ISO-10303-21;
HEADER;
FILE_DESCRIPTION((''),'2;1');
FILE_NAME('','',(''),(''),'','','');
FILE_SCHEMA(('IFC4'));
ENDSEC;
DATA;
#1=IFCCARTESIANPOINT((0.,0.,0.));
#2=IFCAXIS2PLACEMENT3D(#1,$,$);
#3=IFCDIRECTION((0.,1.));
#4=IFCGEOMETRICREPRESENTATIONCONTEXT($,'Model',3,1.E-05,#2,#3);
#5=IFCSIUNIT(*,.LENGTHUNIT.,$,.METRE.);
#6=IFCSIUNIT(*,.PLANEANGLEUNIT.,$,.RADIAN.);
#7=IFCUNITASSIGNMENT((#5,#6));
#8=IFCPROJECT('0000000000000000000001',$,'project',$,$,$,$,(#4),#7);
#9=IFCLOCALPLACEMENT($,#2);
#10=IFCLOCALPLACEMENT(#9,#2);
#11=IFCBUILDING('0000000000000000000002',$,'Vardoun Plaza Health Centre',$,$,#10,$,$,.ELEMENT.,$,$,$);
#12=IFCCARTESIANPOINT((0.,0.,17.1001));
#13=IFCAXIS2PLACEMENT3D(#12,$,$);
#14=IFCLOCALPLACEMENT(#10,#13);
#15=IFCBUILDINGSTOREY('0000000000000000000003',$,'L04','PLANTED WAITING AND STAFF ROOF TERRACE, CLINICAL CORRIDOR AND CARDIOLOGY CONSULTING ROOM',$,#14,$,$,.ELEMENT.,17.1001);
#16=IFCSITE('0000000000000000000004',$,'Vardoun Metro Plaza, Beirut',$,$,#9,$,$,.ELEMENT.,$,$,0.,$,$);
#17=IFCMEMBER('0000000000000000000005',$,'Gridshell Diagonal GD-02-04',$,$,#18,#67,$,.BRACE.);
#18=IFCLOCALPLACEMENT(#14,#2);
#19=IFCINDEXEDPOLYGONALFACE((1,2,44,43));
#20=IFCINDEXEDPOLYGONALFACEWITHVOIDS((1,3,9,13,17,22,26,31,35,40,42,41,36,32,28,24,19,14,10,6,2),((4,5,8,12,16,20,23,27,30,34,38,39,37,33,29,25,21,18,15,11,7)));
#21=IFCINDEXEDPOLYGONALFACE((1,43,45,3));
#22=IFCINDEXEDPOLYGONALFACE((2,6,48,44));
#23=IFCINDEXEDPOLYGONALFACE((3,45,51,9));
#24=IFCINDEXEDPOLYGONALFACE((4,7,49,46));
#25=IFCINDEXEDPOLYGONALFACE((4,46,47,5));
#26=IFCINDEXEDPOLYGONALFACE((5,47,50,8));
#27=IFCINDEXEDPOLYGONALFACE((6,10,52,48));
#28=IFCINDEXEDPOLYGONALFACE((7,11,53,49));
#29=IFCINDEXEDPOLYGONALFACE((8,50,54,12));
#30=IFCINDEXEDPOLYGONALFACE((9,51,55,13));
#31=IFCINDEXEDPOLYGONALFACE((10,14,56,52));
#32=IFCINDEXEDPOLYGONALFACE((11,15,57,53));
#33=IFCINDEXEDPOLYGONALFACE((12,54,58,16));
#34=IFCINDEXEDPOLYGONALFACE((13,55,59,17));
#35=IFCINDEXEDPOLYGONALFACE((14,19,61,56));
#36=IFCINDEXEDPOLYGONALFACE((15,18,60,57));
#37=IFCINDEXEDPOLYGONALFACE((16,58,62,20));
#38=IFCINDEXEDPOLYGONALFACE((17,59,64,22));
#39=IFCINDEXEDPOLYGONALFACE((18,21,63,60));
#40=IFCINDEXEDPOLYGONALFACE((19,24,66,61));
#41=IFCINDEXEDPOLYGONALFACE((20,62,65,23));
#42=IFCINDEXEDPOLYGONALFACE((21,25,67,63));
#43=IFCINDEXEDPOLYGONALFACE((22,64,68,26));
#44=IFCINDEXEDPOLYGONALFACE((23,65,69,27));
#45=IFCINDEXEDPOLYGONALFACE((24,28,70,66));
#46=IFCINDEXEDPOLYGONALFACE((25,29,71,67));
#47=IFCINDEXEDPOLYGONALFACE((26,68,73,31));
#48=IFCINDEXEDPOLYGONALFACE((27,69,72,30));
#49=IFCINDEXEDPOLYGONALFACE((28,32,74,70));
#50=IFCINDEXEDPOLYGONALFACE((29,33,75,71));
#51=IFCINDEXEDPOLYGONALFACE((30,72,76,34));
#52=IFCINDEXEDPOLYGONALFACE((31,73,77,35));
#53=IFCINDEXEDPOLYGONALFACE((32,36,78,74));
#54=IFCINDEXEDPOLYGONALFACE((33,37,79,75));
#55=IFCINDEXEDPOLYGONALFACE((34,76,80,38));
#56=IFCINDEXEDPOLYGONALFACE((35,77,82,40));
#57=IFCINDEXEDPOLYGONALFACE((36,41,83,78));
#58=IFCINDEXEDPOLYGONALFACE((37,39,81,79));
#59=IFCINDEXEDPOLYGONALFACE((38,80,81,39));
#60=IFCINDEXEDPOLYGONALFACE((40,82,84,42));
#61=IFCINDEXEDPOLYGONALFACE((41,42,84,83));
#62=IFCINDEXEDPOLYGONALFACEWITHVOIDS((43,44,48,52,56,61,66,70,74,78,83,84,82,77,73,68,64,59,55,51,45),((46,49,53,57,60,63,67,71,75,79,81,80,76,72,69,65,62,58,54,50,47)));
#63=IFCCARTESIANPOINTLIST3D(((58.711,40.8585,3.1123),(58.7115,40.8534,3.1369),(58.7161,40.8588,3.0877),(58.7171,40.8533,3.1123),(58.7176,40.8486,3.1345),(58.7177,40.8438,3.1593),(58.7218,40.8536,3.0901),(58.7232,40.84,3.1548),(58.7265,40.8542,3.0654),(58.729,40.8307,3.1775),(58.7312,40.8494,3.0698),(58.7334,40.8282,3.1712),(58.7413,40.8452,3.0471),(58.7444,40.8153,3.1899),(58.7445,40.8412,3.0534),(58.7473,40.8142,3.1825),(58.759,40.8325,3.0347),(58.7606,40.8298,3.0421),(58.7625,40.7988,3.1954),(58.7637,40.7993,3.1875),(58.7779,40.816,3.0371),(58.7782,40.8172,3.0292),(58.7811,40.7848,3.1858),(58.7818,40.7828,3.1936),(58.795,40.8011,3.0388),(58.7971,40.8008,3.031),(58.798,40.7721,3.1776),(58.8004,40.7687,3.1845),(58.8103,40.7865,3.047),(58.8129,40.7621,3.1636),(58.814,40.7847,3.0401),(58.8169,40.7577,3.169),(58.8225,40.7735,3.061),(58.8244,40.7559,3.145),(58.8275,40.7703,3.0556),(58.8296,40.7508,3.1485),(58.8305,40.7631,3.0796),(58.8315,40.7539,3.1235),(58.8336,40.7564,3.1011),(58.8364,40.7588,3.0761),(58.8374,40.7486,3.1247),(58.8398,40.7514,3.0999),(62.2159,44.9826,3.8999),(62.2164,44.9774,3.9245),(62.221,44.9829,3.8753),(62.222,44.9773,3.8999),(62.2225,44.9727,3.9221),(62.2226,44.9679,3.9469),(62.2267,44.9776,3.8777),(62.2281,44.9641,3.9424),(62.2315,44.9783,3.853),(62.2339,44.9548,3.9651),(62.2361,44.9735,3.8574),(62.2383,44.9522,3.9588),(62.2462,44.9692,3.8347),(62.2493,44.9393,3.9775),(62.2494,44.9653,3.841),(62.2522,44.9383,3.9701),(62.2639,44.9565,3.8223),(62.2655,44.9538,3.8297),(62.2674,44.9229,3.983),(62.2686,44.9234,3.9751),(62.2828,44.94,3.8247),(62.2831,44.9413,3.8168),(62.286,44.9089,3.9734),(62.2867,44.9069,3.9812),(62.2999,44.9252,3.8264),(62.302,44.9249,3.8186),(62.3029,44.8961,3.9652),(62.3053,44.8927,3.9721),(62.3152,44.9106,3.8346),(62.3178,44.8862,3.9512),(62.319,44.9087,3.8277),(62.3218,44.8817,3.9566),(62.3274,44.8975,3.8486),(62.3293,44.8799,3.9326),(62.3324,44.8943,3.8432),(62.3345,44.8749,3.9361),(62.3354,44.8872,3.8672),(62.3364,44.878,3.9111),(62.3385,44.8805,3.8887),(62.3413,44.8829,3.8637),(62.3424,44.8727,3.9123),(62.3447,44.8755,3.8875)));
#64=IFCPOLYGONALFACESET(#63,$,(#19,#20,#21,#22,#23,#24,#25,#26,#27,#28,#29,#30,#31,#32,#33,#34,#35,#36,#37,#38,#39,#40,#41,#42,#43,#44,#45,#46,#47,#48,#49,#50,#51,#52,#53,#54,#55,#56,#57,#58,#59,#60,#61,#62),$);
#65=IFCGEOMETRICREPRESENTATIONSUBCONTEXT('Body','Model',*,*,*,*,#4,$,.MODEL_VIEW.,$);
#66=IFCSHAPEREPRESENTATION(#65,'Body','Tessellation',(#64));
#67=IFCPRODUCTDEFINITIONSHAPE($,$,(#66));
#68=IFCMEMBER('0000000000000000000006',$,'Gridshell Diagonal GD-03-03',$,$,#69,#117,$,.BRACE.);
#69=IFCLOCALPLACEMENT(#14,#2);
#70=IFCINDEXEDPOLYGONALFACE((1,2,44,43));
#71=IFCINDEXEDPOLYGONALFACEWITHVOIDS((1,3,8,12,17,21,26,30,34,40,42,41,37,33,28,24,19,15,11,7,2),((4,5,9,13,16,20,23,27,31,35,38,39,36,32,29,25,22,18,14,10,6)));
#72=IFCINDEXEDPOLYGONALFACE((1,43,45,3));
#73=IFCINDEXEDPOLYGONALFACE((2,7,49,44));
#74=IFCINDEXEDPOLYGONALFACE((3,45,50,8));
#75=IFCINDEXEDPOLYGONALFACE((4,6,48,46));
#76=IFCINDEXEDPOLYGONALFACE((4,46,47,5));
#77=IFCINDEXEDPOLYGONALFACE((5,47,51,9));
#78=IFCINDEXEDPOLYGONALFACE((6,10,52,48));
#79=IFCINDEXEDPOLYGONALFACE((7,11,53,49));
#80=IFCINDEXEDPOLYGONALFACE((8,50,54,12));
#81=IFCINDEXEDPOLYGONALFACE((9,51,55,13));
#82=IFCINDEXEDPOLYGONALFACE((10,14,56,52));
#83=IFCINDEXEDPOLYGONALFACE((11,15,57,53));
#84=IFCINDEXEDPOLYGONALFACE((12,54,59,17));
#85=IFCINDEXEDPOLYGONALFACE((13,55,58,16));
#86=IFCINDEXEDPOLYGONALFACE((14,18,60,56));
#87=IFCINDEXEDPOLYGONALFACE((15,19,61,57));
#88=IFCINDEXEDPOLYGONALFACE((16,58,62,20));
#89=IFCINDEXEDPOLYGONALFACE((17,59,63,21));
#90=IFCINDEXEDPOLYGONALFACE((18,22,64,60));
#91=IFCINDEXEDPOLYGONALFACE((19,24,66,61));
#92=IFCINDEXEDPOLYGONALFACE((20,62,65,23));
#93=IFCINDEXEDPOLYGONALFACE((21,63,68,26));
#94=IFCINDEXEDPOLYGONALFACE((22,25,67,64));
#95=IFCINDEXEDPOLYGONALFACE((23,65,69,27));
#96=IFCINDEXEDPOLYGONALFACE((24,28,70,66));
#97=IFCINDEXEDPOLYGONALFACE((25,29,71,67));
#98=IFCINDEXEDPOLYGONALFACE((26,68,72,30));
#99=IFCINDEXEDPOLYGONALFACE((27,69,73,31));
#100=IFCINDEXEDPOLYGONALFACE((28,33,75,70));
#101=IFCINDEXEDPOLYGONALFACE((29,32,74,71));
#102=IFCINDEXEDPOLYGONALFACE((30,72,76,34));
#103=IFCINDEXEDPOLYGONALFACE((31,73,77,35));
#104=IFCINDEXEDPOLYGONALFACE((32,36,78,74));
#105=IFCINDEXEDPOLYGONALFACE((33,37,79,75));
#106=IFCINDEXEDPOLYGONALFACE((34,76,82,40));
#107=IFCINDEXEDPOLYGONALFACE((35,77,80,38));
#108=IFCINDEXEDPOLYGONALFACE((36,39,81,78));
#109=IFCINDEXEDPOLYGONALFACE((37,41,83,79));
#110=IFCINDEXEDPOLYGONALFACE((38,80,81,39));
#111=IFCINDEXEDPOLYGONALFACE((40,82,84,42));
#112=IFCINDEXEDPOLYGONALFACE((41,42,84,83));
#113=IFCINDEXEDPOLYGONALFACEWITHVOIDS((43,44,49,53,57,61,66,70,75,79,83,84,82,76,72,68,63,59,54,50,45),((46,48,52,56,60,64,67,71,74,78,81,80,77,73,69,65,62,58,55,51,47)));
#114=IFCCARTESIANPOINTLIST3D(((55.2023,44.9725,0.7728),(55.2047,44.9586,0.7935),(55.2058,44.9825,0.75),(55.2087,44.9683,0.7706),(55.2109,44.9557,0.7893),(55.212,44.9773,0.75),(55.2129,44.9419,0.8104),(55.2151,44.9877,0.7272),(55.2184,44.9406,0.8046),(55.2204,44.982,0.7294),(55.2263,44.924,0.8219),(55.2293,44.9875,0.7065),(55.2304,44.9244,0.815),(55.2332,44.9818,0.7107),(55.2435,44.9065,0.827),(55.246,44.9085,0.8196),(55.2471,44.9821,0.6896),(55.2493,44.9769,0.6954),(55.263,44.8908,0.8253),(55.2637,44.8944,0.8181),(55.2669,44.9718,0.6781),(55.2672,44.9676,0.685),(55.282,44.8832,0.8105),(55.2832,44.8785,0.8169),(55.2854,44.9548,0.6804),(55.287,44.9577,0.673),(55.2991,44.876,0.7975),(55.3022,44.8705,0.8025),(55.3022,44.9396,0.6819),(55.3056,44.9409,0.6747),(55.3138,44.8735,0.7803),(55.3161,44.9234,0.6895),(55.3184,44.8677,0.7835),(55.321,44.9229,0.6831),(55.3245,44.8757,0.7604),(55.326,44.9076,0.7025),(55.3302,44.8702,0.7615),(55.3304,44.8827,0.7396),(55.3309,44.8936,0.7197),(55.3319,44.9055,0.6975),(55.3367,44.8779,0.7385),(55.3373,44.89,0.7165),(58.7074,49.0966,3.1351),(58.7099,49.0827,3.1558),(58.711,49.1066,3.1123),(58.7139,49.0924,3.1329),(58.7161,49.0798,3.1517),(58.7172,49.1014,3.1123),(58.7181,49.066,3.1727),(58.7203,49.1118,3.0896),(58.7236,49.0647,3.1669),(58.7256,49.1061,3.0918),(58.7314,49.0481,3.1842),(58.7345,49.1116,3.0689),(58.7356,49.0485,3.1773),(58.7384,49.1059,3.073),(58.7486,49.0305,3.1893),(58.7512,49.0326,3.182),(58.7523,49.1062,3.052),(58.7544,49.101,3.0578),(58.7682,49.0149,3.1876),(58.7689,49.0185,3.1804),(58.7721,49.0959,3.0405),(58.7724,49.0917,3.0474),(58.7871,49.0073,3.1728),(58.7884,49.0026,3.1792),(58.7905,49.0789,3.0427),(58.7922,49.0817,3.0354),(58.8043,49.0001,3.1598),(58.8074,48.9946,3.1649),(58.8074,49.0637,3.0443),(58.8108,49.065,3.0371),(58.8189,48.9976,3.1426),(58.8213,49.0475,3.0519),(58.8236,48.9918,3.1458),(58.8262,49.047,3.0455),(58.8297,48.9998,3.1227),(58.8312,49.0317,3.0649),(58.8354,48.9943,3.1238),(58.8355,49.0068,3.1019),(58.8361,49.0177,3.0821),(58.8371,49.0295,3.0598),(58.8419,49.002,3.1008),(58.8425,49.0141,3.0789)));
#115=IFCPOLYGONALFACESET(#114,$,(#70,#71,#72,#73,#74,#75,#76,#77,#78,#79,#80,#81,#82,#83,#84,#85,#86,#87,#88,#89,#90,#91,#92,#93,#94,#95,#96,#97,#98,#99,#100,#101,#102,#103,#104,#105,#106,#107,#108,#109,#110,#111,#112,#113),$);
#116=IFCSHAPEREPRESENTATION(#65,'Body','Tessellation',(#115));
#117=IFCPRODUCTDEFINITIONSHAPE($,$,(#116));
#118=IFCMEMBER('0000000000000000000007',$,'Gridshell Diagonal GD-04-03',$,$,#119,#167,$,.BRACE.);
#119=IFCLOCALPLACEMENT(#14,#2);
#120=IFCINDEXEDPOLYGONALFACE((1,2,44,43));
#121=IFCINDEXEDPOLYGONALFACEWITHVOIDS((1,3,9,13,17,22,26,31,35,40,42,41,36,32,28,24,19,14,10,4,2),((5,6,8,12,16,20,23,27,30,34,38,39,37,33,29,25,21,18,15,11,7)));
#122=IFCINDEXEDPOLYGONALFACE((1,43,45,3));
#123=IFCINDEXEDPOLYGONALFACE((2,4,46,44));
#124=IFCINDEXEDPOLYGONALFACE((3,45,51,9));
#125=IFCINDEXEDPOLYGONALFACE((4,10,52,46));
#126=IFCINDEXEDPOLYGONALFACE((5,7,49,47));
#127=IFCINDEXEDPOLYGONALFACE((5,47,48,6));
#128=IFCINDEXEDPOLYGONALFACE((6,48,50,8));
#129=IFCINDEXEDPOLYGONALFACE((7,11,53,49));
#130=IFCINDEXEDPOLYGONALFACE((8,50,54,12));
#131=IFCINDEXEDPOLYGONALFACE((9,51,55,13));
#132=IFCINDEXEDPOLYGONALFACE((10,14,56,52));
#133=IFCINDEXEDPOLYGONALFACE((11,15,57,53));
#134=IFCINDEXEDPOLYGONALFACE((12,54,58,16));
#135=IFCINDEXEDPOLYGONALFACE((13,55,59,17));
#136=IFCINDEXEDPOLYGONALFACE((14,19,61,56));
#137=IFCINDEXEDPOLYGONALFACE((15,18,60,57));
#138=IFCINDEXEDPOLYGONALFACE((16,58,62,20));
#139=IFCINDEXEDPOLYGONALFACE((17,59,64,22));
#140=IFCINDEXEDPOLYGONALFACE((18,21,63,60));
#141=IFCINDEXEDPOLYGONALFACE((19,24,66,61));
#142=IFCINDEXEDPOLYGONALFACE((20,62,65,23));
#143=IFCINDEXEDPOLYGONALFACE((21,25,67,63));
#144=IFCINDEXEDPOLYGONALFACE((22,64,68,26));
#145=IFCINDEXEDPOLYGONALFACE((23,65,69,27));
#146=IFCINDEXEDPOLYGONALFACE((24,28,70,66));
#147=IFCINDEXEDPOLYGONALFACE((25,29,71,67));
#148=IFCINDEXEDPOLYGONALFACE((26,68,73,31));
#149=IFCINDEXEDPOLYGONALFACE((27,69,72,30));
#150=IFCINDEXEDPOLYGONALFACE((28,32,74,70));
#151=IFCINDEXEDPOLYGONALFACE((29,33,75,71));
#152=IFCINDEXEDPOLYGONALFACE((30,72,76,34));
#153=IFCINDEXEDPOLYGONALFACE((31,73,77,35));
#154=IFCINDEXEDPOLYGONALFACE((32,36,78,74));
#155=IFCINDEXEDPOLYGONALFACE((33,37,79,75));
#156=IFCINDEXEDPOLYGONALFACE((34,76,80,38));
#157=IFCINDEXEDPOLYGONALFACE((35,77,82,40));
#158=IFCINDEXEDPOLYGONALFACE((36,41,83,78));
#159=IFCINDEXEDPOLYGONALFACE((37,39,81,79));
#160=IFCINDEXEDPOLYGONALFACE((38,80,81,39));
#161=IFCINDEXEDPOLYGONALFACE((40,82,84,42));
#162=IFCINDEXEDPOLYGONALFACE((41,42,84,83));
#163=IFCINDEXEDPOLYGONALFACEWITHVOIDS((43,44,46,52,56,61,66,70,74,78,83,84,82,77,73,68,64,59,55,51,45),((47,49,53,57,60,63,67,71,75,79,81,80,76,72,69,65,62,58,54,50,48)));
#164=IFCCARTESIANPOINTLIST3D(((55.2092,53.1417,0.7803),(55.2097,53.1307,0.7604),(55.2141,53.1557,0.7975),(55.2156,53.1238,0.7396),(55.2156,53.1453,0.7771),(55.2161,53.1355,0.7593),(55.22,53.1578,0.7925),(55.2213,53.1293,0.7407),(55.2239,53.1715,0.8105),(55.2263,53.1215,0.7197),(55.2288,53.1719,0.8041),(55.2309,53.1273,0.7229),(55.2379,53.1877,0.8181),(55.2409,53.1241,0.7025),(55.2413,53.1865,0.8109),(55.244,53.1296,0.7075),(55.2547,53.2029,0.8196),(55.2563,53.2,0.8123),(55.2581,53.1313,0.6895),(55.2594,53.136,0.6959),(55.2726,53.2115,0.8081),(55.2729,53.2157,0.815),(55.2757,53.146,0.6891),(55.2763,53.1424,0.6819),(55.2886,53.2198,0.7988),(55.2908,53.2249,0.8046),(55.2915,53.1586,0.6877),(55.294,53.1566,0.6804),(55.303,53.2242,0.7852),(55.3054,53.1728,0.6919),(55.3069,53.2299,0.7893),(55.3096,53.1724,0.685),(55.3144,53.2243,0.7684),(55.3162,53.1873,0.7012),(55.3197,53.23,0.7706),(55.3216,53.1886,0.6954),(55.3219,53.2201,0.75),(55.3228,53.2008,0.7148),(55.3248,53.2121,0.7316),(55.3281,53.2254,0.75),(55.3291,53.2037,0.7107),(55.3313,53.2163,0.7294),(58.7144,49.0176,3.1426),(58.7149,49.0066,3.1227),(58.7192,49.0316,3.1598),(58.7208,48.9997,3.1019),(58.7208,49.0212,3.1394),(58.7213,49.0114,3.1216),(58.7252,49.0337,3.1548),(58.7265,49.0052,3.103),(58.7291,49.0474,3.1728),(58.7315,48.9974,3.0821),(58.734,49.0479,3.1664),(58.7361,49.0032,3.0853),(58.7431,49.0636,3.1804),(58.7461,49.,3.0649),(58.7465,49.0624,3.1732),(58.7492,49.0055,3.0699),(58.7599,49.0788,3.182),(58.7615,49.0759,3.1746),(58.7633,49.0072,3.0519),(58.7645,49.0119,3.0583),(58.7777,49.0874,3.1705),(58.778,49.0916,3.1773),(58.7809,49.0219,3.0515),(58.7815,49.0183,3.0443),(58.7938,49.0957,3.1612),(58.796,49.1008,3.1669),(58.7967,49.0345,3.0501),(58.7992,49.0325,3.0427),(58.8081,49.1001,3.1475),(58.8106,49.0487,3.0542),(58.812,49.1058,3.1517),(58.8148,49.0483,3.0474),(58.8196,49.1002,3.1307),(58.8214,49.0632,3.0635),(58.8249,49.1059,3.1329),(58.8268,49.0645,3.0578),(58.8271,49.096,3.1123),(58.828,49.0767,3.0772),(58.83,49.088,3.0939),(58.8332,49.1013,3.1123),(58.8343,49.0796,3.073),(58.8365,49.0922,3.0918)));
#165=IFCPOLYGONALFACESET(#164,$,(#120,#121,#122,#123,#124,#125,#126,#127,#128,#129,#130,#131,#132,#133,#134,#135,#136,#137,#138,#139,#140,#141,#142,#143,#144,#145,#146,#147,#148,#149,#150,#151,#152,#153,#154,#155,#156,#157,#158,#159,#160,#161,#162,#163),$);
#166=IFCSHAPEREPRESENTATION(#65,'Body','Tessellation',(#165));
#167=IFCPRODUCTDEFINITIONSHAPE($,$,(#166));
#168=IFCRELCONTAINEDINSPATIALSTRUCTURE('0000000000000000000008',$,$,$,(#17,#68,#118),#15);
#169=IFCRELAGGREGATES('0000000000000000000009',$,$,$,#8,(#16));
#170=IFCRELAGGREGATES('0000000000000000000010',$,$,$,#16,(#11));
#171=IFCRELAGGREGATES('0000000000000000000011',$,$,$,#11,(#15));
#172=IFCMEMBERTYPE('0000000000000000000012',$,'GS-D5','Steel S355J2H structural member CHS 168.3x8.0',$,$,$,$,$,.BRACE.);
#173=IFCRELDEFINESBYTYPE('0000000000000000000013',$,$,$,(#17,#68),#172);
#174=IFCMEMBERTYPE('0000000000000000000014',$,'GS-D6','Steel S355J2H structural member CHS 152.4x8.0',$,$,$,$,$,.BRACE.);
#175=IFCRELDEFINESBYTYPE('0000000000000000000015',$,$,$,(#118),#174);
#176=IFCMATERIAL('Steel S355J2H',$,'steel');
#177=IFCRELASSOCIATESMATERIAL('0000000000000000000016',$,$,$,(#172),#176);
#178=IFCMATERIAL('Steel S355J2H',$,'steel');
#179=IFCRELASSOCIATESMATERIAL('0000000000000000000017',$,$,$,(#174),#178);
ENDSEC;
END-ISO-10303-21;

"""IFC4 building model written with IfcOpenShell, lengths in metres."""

from ifc_helpers import new_model, si_unit, direction, frame, origin, origin_2d, place, context, subcontext, project, spatial, hollow_circle, extrude, material, material_profile, profile_set, type_object, element, save


model = new_model("IFC4")

# Units and contexts
model_context = context("Model", 3, precision=1e-05, world=origin(), true_north=direction((0.0, 1.0)))
body_context = subcontext(model_context, "Body", "Model", "MODEL_VIEW")
ifc_project = project(units=[si_unit("LENGTHUNIT", "METRE"), si_unit("PLANEANGLEUNIT", "RADIAN")], contexts=[model_context])

# Site, building, storey
site_placement = place(None, origin())
site = spatial("IfcSite", under=ifc_project, at=site_placement, Name="Vardoun Metro Plaza, Beirut", CompositionType="ELEMENT", RefElevation=0.0)
building_placement = place(site_placement, origin())
building = spatial("IfcBuilding", under=site, at=building_placement, Name="Vardoun Plaza Health Centre", CompositionType="ELEMENT")
storey_placement = place(building_placement, frame((0.0, 0.0, 17.1001)))
storey = spatial("IfcBuildingStorey", under=building, at=storey_placement, Name="L04", Description="PLANTED WAITING AND STAFF ROOF TERRACE, CLINICAL CORRIDOR AND CARDIOLOGY CONSULTING ROOM", CompositionType="ELEMENT", Elevation=17.1001)

# Members
ifc_material_1 = material(Name="Steel S355J2H", Category="steel")
ifc_material_profile_1 = material_profile(ifc_material_1, hollow_circle(Radius=0.0842, WallThickness=0.0081, at=origin_2d()), Name="CHS 168.3x8.0")
ifc_profile_set_1 = profile_set([ifc_material_profile_1], Name="Steel S355J2H")
member_type_1 = type_object("IfcMemberType", Name="GS-D5", Description="Steel S355J2H structural member CHS 168.3x8.0", PredefinedType="BRACE", material=ifc_profile_set_1)
member_1_placement = place(storey_placement, frame((58.7751, 40.804, 3.1123), z_axis=(0.640841, 0.754046, 0.144006), x_axis=(-0.761988, 0.647591, 0.0)))
element("IfcMember", 1, at=member_1_placement, inside=storey, type_object=member_type_1, Name="Gridshell Diagonal GD-02-04", PredefinedType="BRACE", context=body_context, shape_type="SweptSolid", body=[
    extrude(hollow_circle(Radius=0.0842, WallThickness=0.0081, at=origin_2d()), origin(), (0.0, 0.0, 1.0), 5.4692),
])
member_2_placement = place(storey_placement, frame((55.27, 44.928, 0.75), z_axis=(0.593544, 0.698346, 0.400023), x_axis=(-0.761966, 0.647617, 0.0)))
element("IfcMember", 2, at=member_2_placement, inside=storey, type_object=member_type_1, Name="Gridshell Diagonal GD-03-03", PredefinedType="BRACE", context=body_context, shape_type="SweptSolid", body=[
    extrude(hollow_circle(Radius=0.0842, WallThickness=0.0081, at=origin_2d()), origin(), (0.0, 0.0, 1.0), 5.9055),
])
ifc_material_2 = material(Name="Steel S355J2H", Category="steel")
ifc_material_profile_2 = material_profile(ifc_material_2, hollow_circle(Radius=0.0762, WallThickness=0.0081, at=origin_2d()), Name="CHS 152.4x8.0")
ifc_profile_set_2 = profile_set([ifc_material_profile_2], Name="Steel S355J2H")
member_type_2 = type_object("IfcMemberType", Name="GS-D6", Description="Steel S355J2H structural member CHS 152.4x8.0", PredefinedType="BRACE", material=ifc_profile_set_2)
member_3_placement = place(storey_placement, frame((55.27, 53.176, 0.75), z_axis=(0.593544, -0.698346, 0.400023), x_axis=(0.761966, 0.647617, 0.0)))
element("IfcMember", 3, at=member_3_placement, inside=storey, type_object=member_type_2, Name="Gridshell Diagonal GD-04-03", PredefinedType="BRACE", context=body_context, shape_type="SweptSolid", body=[
    extrude(hollow_circle(Radius=0.0762, WallThickness=0.0081, at=origin_2d()), origin(), (0.0, 0.0, 1.0), 5.9055),
])

save(model, "model.ifc")
